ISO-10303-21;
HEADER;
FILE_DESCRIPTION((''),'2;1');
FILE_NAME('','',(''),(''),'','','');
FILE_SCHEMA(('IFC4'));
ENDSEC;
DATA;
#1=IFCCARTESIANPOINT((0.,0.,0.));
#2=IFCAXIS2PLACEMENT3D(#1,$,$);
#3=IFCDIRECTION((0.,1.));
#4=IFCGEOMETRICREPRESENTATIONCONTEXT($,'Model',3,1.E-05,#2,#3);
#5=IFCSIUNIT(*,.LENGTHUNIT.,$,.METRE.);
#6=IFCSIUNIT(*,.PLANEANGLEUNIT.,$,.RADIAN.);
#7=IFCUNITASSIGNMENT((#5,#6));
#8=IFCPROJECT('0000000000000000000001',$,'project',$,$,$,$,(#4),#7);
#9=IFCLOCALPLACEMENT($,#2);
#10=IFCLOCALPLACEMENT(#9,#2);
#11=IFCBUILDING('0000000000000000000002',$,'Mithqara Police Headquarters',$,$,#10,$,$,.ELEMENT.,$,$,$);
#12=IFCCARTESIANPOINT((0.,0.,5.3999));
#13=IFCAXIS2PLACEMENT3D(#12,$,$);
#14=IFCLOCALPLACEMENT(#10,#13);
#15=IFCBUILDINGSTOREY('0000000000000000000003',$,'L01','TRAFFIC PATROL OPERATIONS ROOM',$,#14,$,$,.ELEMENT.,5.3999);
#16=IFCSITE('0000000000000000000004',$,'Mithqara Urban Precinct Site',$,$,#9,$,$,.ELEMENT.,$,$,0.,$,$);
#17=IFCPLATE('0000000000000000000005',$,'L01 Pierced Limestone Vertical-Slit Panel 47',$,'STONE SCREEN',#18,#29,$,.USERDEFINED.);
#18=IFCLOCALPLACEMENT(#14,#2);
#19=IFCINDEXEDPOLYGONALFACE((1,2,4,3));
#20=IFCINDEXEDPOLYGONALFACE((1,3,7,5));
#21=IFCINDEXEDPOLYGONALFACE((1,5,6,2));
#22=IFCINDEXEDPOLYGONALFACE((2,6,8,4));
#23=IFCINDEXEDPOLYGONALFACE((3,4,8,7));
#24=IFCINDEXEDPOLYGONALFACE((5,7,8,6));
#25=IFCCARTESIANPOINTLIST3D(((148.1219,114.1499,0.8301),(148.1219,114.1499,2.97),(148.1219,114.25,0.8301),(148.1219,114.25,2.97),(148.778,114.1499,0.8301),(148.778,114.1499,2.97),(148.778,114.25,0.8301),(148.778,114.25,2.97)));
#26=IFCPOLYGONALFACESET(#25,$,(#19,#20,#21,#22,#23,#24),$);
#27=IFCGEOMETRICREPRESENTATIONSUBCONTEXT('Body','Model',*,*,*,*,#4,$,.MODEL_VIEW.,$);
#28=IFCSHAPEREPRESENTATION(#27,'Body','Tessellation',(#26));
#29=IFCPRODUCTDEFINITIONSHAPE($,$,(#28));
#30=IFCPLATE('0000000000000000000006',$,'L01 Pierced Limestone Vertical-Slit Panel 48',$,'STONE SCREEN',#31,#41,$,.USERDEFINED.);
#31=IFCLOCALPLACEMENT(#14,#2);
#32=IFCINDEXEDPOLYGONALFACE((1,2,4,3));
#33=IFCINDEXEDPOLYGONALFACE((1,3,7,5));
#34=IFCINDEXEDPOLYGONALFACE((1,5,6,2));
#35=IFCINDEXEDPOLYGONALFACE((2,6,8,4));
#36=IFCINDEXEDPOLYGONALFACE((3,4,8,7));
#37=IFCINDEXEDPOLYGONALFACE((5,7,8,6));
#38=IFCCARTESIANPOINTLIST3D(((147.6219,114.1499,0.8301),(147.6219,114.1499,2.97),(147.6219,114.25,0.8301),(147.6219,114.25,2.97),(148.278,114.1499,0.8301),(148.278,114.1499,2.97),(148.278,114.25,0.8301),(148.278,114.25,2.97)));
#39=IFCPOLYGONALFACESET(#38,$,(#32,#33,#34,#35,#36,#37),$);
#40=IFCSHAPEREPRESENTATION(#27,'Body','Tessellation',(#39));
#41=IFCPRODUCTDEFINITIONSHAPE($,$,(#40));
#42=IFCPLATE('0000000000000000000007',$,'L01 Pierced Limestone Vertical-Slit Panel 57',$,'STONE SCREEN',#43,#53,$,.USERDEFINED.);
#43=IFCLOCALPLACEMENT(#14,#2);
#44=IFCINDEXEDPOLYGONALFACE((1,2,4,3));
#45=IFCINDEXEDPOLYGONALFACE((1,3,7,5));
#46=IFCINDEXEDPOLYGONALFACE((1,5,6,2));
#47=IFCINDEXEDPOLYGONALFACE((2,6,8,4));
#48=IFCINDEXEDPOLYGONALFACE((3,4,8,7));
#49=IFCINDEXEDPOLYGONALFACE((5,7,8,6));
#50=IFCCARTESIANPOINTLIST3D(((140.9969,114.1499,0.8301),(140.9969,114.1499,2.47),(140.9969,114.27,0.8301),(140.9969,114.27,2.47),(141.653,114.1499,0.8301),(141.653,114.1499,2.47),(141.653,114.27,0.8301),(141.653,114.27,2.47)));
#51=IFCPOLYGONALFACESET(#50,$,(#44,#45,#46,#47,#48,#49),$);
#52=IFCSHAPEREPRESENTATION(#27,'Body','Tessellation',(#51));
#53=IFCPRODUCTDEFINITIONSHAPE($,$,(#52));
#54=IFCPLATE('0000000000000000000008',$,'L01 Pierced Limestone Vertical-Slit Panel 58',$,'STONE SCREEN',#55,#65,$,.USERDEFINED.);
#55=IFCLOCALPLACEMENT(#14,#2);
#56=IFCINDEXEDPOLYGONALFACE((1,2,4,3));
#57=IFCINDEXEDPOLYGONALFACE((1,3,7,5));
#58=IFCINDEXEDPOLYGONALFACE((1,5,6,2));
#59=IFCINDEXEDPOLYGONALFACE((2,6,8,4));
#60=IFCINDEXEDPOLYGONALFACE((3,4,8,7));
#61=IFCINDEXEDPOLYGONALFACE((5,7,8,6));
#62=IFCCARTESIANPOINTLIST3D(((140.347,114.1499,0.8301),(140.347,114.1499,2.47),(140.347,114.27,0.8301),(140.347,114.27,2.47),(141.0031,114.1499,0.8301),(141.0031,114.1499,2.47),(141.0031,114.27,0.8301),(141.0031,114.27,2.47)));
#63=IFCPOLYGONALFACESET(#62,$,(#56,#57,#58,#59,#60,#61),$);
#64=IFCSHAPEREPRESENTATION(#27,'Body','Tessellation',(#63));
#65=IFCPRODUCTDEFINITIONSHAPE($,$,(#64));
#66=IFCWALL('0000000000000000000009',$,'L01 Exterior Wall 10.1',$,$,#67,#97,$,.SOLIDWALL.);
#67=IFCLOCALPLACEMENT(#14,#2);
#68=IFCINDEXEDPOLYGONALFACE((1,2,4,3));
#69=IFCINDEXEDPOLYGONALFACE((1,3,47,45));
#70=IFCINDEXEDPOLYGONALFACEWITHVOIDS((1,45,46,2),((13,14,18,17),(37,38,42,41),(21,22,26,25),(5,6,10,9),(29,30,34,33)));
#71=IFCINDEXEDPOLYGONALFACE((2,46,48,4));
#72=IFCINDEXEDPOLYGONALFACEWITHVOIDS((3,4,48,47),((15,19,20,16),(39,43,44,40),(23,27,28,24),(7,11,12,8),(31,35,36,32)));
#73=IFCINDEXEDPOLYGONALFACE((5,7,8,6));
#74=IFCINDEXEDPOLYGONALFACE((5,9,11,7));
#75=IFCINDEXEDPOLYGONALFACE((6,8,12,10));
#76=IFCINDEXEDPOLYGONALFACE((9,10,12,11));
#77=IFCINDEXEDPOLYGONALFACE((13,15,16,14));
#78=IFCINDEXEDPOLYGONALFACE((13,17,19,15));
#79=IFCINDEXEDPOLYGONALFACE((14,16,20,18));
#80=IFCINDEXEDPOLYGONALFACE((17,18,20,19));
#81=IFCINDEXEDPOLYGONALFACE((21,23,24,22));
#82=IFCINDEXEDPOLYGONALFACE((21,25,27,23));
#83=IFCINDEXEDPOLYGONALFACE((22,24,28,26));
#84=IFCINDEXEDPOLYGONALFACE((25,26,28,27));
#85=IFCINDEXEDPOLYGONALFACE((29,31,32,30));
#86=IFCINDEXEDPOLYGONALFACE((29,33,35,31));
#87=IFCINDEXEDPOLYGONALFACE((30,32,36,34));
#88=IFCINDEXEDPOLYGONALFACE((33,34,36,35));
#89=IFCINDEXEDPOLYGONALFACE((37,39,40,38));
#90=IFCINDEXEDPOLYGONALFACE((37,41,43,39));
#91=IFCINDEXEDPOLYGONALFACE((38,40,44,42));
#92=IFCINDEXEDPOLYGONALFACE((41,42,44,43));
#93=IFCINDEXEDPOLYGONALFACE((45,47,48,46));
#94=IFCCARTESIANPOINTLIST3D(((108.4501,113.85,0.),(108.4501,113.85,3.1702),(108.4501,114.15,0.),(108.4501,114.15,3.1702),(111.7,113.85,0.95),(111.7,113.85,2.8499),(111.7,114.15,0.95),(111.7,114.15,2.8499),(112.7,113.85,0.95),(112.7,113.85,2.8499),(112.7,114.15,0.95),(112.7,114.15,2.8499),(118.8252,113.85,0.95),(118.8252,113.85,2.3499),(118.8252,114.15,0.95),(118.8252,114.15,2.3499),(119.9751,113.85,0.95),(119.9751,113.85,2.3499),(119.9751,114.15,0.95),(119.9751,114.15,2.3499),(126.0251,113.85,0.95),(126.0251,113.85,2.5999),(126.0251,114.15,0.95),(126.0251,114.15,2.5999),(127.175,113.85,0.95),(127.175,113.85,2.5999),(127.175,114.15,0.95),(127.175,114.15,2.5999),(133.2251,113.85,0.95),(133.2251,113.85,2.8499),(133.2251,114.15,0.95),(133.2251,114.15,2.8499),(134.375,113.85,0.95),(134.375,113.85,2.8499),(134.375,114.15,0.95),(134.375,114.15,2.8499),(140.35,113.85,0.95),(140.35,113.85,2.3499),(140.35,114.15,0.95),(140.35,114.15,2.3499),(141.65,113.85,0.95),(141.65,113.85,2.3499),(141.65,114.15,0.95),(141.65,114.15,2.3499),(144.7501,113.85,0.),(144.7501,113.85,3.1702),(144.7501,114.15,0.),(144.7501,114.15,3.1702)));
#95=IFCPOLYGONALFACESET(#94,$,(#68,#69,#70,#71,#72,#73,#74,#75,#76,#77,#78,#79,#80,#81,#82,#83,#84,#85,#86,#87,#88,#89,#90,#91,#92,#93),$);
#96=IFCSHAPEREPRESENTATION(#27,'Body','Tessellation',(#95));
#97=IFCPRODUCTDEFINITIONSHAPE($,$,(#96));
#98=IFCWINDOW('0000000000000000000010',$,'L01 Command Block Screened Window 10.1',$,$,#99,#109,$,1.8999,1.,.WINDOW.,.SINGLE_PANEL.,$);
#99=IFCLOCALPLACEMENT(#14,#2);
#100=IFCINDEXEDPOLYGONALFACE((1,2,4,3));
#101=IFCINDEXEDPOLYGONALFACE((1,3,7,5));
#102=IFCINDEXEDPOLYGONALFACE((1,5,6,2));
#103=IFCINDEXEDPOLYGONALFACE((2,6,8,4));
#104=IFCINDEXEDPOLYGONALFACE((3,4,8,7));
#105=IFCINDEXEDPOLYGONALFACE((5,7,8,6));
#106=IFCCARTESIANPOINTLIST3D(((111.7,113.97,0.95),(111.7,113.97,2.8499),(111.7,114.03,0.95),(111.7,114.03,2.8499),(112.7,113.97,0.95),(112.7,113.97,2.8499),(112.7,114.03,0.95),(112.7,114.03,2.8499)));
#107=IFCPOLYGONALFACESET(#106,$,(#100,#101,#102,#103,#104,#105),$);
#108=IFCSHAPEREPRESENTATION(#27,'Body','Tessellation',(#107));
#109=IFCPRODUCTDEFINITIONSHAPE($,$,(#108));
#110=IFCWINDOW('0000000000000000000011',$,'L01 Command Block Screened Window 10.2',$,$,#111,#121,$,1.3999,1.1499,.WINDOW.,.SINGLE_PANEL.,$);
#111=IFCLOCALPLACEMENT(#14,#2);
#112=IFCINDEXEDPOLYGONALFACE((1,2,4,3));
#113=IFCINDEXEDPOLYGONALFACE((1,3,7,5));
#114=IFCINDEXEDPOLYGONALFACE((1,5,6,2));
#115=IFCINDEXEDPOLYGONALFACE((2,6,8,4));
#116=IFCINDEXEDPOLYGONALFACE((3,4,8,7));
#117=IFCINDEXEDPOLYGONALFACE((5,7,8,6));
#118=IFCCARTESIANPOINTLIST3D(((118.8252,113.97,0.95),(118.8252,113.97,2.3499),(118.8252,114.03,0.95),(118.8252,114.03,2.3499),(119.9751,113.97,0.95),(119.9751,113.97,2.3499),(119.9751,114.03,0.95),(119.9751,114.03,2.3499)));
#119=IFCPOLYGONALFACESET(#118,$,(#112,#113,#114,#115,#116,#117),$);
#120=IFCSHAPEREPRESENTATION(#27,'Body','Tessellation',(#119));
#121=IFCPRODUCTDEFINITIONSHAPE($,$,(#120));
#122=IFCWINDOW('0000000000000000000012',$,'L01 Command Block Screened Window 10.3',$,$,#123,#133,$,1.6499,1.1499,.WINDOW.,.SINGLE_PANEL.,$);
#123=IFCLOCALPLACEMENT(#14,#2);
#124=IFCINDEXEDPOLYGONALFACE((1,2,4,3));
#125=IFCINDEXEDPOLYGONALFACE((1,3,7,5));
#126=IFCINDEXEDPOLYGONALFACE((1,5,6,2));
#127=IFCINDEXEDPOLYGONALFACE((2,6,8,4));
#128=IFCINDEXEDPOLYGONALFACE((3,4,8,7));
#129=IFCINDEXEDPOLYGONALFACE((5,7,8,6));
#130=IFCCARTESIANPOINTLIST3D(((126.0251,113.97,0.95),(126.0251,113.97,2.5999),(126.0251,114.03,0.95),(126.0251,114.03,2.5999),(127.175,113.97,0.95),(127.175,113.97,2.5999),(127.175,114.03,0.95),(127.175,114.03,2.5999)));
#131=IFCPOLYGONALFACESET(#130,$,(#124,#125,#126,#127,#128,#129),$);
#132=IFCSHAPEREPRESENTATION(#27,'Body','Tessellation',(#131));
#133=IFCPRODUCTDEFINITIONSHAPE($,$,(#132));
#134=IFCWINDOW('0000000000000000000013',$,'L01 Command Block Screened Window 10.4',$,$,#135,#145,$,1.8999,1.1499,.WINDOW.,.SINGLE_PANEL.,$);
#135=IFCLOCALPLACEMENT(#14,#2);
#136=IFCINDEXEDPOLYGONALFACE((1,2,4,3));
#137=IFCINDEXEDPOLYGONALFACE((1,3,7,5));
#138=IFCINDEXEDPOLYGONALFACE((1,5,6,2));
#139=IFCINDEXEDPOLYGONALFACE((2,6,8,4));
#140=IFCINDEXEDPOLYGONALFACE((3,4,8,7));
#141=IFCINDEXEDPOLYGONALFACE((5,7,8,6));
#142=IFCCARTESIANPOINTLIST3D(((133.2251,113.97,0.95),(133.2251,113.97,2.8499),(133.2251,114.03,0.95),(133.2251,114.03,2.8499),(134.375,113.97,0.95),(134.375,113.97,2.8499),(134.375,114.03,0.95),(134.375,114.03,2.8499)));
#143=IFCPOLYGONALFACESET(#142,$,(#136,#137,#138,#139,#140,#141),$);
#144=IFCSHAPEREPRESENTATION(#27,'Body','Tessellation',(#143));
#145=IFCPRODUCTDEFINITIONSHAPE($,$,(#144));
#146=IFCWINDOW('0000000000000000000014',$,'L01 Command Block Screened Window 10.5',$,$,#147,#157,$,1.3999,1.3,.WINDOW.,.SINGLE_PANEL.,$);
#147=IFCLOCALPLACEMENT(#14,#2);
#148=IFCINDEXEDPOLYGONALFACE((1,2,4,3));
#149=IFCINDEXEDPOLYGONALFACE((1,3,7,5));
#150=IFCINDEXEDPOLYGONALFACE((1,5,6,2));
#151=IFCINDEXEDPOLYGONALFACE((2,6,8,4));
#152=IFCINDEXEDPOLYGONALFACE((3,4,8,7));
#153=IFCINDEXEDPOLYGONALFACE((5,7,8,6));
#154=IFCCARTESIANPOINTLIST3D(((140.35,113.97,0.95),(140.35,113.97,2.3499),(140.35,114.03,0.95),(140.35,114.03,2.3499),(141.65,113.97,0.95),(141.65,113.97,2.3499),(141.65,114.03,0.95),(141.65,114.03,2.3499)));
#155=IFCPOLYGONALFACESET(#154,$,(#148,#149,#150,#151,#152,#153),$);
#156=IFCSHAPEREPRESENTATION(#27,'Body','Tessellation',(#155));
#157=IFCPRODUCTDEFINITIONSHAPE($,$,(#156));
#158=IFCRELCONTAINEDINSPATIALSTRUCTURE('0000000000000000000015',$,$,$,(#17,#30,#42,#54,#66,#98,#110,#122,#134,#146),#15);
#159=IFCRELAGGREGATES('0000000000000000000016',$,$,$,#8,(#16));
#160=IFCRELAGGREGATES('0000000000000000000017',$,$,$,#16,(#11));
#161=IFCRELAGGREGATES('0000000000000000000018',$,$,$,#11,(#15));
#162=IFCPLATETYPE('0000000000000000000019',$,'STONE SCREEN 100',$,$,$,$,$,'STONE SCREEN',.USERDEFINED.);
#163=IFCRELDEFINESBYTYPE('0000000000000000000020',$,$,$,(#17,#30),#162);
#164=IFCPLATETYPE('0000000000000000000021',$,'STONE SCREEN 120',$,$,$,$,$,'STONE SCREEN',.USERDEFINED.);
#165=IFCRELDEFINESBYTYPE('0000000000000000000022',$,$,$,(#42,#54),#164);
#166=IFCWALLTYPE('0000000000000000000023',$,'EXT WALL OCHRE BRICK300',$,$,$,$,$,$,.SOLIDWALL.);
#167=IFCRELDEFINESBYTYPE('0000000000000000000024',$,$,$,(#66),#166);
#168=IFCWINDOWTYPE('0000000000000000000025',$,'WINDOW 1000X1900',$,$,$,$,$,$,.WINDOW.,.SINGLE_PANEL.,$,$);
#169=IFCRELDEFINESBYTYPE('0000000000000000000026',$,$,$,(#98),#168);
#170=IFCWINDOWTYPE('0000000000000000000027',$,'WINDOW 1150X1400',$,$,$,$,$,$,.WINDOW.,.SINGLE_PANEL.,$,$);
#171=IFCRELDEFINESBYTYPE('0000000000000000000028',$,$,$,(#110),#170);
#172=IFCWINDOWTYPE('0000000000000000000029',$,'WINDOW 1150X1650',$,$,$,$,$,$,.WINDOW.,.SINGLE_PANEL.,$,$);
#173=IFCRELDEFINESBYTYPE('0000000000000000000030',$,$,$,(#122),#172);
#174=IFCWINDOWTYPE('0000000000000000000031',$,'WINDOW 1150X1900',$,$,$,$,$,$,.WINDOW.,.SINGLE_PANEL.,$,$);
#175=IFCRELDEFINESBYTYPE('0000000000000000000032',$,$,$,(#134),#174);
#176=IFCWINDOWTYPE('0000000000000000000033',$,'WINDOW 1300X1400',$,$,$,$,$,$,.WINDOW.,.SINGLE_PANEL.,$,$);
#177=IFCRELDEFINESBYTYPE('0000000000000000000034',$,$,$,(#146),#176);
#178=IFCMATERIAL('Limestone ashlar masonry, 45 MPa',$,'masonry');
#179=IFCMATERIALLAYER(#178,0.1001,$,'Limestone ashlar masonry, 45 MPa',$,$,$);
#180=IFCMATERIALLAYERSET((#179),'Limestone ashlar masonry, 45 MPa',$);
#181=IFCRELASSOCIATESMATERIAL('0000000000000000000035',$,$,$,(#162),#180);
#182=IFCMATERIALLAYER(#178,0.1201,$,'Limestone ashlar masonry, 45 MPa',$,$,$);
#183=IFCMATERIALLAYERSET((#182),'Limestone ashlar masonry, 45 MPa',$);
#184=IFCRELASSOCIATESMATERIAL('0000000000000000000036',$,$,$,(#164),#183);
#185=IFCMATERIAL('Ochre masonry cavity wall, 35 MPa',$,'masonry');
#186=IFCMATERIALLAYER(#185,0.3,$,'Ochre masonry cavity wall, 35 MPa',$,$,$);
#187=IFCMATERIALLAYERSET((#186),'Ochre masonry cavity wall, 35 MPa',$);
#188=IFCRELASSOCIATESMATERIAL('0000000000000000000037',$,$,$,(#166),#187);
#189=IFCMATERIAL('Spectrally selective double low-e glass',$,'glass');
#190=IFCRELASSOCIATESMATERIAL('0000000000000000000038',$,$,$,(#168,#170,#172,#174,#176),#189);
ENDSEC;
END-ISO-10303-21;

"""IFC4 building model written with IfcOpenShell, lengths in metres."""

from ifc_helpers import new_model, si_unit, direction, frame, frame_2d, origin, origin_2d, place, context, subcontext, project, spatial, rectangle, extrude, material, layer, layer_set, type_object, element, fill, save


model = new_model("IFC4")

# Units and contexts
model_context = context("Model", 3, precision=1e-05, world=origin(), true_north=direction((0.0, 1.0)))
body_context = subcontext(model_context, "Body", "Model", "MODEL_VIEW")
ifc_project = project(units=[si_unit("LENGTHUNIT", "METRE"), si_unit("PLANEANGLEUNIT", "RADIAN")], contexts=[model_context])

# Site, building, storey
site_placement = place(None, origin())
site = spatial("IfcSite", under=ifc_project, at=site_placement, Name="Mithqara Urban Precinct Site", CompositionType="ELEMENT", RefElevation=0.0)
building_placement = place(site_placement, origin())
building = spatial("IfcBuilding", under=site, at=building_placement, Name="Mithqara Police Headquarters", CompositionType="ELEMENT")
storey_placement = place(building_placement, frame((0.0, 0.0, 5.3999)))
storey = spatial("IfcBuildingStorey", under=building, at=storey_placement, Name="L01", Description="TRAFFIC PATROL OPERATIONS ROOM", CompositionType="ELEMENT", Elevation=5.3999)

# Plates
ifc_material_1 = material(Name="Limestone ashlar masonry, 45 MPa", Category="masonry")
ifc_layer_1 = layer(ifc_material_1, 0.1001, Name="Limestone ashlar masonry, 45 MPa")
ifc_layer_set_1 = layer_set([ifc_layer_1], Name="Limestone ashlar masonry, 45 MPa")
plate_type_1 = type_object("IfcPlateType", Name="STONE SCREEN 100", ElementType="STONE SCREEN", PredefinedType="USERDEFINED", material=ifc_layer_set_1)
for number, where, z_axis, x_axis, name in (
    (1, (148.45, 114.2, 0.8301), (0.0, 0.0, 1.0), (1.0, 0.0, 0.0), "L01 Pierced Limestone Vertical-Slit Panel 47"),
    (2, (147.95, 114.2, 0.8301), (0.0, 0.0, 1.0), (1.0, 0.0, 0.0), "L01 Pierced Limestone Vertical-Slit Panel 48"),
):
    element("IfcPlate", number, at=place(storey_placement, frame(where, z_axis=z_axis, x_axis=x_axis)), inside=storey, type_object=plate_type_1, Name=name, ObjectType="STONE SCREEN", PredefinedType="USERDEFINED", context=body_context, shape_type="SweptSolid", body=[
        extrude(rectangle(XDim=0.656, YDim=0.1001, at=origin_2d()), origin(), (0.0, 0.0, 1.0), 2.1399),
    ])
ifc_layer_2 = layer(ifc_material_1, 0.1201, Name="Limestone ashlar masonry, 45 MPa")
ifc_layer_set_2 = layer_set([ifc_layer_2], Name="Limestone ashlar masonry, 45 MPa")
plate_type_2 = type_object("IfcPlateType", Name="STONE SCREEN 120", ElementType="STONE SCREEN", PredefinedType="USERDEFINED", material=ifc_layer_set_2)
for number, where, z_axis, x_axis, name in (
    (3, (141.325, 114.21, 0.8301), (0.0, 0.0, 1.0), (1.0, 0.0, 0.0), "L01 Pierced Limestone Vertical-Slit Panel 57"),
    (4, (140.675, 114.21, 0.8301), (0.0, 0.0, 1.0), (1.0, 0.0, 0.0), "L01 Pierced Limestone Vertical-Slit Panel 58"),
):
    element("IfcPlate", number, at=place(storey_placement, frame(where, z_axis=z_axis, x_axis=x_axis)), inside=storey, type_object=plate_type_2, Name=name, ObjectType="STONE SCREEN", PredefinedType="USERDEFINED", context=body_context, shape_type="SweptSolid", body=[
        extrude(rectangle(XDim=0.656, YDim=0.1201, at=origin_2d()), origin(), (0.0, 0.0, 1.0), 1.6399),
    ])

# Wall, openings, windows
ifc_material_2 = material(Name="Ochre masonry cavity wall, 35 MPa", Category="masonry")
ifc_layer_3 = layer(ifc_material_2, 0.3, Name="Ochre masonry cavity wall, 35 MPa")
ifc_layer_set_3 = layer_set([ifc_layer_3], Name="Ochre masonry cavity wall, 35 MPa")
wall_type = type_object("IfcWallType", Name="EXT WALL OCHRE BRICK300", PredefinedType="SOLIDWALL", material=ifc_layer_set_3)
wall_placement = place(storey_placement, frame((144.75, 114.0, 0.0), z_axis=(0.0, 0.0, 1.0), x_axis=(-1.0, 0.0, 0.0)))
wall = element("IfcWall", 5, at=wall_placement, inside=storey, type_object=wall_type, Name="L01 Exterior Wall 10.1", PredefinedType="SOLIDWALL", context=body_context, shape_type="SweptSolid", body=[
    extrude(rectangle(XDim=36.3, YDim=0.3, at=frame_2d((18.1499, 0.0))), origin(), (0.0, 0.0, 1.0), 3.1702),
])
opening_1_placement = place(wall_placement, frame((32.05, 0.0, 0.95)))
opening_1 = element("IfcOpeningElement", 6, at=opening_1_placement, cuts=wall, PredefinedType="OPENING", context=body_context, shape_type="SweptSolid", body=[
    extrude(rectangle(XDim=1.0, YDim=1.8999, at=frame_2d((0.5, 0.95))), frame((0.0, 0.1602, 0.0), z_axis=(0.0, -1.0, 0.0), x_axis=(1.0, 0.0, 0.0)), (0.0, 0.0, 1.0), 0.3201),
])
opening_2_placement = place(wall_placement, frame((24.7749, 0.0, 0.95)))
opening_2 = element("IfcOpeningElement", 7, at=opening_2_placement, cuts=wall, PredefinedType="OPENING", context=body_context, shape_type="SweptSolid", body=[
    extrude(rectangle(XDim=1.1499, YDim=1.3999, at=frame_2d((0.575, 0.7))), frame((0.0, 0.1602, 0.0), z_axis=(0.0, -1.0, 0.0), x_axis=(1.0, 0.0, 0.0)), (0.0, 0.0, 1.0), 0.3201),
])
opening_3_placement = place(wall_placement, frame((17.575, 0.0, 0.95)))
opening_3 = element("IfcOpeningElement", 8, at=opening_3_placement, cuts=wall, PredefinedType="OPENING", context=body_context, shape_type="SweptSolid", body=[
    extrude(rectangle(XDim=1.1499, YDim=1.6499, at=frame_2d((0.575, 0.825))), frame((0.0, 0.1602, 0.0), z_axis=(0.0, -1.0, 0.0), x_axis=(1.0, 0.0, 0.0)), (0.0, 0.0, 1.0), 0.3201),
])
opening_4_placement = place(wall_placement, frame((10.375, 0.0, 0.95)))
opening_4 = element("IfcOpeningElement", 9, at=opening_4_placement, cuts=wall, PredefinedType="OPENING", context=body_context, shape_type="SweptSolid", body=[
    extrude(rectangle(XDim=1.1499, YDim=1.8999, at=frame_2d((0.575, 0.95))), frame((0.0, 0.1602, 0.0), z_axis=(0.0, -1.0, 0.0), x_axis=(1.0, 0.0, 0.0)), (0.0, 0.0, 1.0), 0.3201),
])
opening_5_placement = place(wall_placement, frame((3.1001, 0.0, 0.95)))
opening_5 = element("IfcOpeningElement", 10, at=opening_5_placement, cuts=wall, PredefinedType="OPENING", context=body_context, shape_type="SweptSolid", body=[
    extrude(rectangle(XDim=1.3, YDim=1.3999, at=frame_2d((0.6499, 0.7))), frame((0.0, 0.1602, 0.0), z_axis=(0.0, -1.0, 0.0), x_axis=(1.0, 0.0, 0.0)), (0.0, 0.0, 1.0), 0.3201),
])
ifc_material_3 = material(Name="Spectrally selective double low-e glass", Category="glass")
window_type_1 = type_object("IfcWindowType", Name="WINDOW 1000X1900", PartitioningType="SINGLE_PANEL", PredefinedType="WINDOW", material=ifc_material_3)
window_1_placement = place(opening_1_placement, origin())
window_1 = element("IfcWindow", 11, at=window_1_placement, inside=storey, type_object=window_type_1, Name="L01 Command Block Screened Window 10.1", OverallHeight=1.8999, OverallWidth=1.0, PartitioningType="SINGLE_PANEL", PredefinedType="WINDOW", context=body_context, shape_type="SweptSolid", body=[
    extrude(rectangle(XDim=1.0, YDim=1.8999, at=frame_2d((0.5, 0.95))), frame((0.0, 0.03, 0.0), z_axis=(0.0, -1.0, 0.0), x_axis=(1.0, 0.0, 0.0)), (0.0, 0.0, 1.0), 0.0601),
])
fill(opening_1, window_1)
window_type_2 = type_object("IfcWindowType", Name="WINDOW 1150X1400", PartitioningType="SINGLE_PANEL", PredefinedType="WINDOW", material=ifc_material_3)
window_2_placement = place(opening_2_placement, origin())
window_2 = element("IfcWindow", 12, at=window_2_placement, inside=storey, type_object=window_type_2, Name="L01 Command Block Screened Window 10.2", OverallHeight=1.3999, OverallWidth=1.1499, PartitioningType="SINGLE_PANEL", PredefinedType="WINDOW", context=body_context, shape_type="SweptSolid", body=[
    extrude(rectangle(XDim=1.1499, YDim=1.3999, at=frame_2d((0.575, 0.7))), frame((0.0, 0.03, 0.0), z_axis=(0.0, -1.0, 0.0), x_axis=(1.0, 0.0, 0.0)), (0.0, 0.0, 1.0), 0.0601),
])
fill(opening_2, window_2)
window_type_3 = type_object("IfcWindowType", Name="WINDOW 1150X1650", PartitioningType="SINGLE_PANEL", PredefinedType="WINDOW", material=ifc_material_3)
window_3_placement = place(opening_3_placement, origin())
window_3 = element("IfcWindow", 13, at=window_3_placement, inside=storey, type_object=window_type_3, Name="L01 Command Block Screened Window 10.3", OverallHeight=1.6499, OverallWidth=1.1499, PartitioningType="SINGLE_PANEL", PredefinedType="WINDOW", context=body_context, shape_type="SweptSolid", body=[
    extrude(rectangle(XDim=1.1499, YDim=1.6499, at=frame_2d((0.575, 0.825))), frame((0.0, 0.03, 0.0), z_axis=(0.0, -1.0, 0.0), x_axis=(1.0, 0.0, 0.0)), (0.0, 0.0, 1.0), 0.0601),
])
fill(opening_3, window_3)
window_type_4 = type_object("IfcWindowType", Name="WINDOW 1150X1900", PartitioningType="SINGLE_PANEL", PredefinedType="WINDOW", material=ifc_material_3)
window_4_placement = place(opening_4_placement, origin())
window_4 = element("IfcWindow", 14, at=window_4_placement, inside=storey, type_object=window_type_4, Name="L01 Command Block Screened Window 10.4", OverallHeight=1.8999, OverallWidth=1.1499, PartitioningType="SINGLE_PANEL", PredefinedType="WINDOW", context=body_context, shape_type="SweptSolid", body=[
    extrude(rectangle(XDim=1.1499, YDim=1.8999, at=frame_2d((0.575, 0.95))), frame((0.0, 0.03, 0.0), z_axis=(0.0, -1.0, 0.0), x_axis=(1.0, 0.0, 0.0)), (0.0, 0.0, 1.0), 0.0601),
])
fill(opening_4, window_4)
window_type_5 = type_object("IfcWindowType", Name="WINDOW 1300X1400", PartitioningType="SINGLE_PANEL", PredefinedType="WINDOW", material=ifc_material_3)
window_5_placement = place(opening_5_placement, origin())
window_5 = element("IfcWindow", 15, at=window_5_placement, inside=storey, type_object=window_type_5, Name="L01 Command Block Screened Window 10.5", OverallHeight=1.3999, OverallWidth=1.3, PartitioningType="SINGLE_PANEL", PredefinedType="WINDOW", context=body_context, shape_type="SweptSolid", body=[
    extrude(rectangle(XDim=1.3, YDim=1.3999, at=frame_2d((0.6499, 0.7))), frame((0.0, 0.03, 0.0), z_axis=(0.0, -1.0, 0.0), x_axis=(1.0, 0.0, 0.0)), (0.0, 0.0, 1.0), 0.0601),
])
fill(opening_5, window_5)

save(model, "model.ifc")
